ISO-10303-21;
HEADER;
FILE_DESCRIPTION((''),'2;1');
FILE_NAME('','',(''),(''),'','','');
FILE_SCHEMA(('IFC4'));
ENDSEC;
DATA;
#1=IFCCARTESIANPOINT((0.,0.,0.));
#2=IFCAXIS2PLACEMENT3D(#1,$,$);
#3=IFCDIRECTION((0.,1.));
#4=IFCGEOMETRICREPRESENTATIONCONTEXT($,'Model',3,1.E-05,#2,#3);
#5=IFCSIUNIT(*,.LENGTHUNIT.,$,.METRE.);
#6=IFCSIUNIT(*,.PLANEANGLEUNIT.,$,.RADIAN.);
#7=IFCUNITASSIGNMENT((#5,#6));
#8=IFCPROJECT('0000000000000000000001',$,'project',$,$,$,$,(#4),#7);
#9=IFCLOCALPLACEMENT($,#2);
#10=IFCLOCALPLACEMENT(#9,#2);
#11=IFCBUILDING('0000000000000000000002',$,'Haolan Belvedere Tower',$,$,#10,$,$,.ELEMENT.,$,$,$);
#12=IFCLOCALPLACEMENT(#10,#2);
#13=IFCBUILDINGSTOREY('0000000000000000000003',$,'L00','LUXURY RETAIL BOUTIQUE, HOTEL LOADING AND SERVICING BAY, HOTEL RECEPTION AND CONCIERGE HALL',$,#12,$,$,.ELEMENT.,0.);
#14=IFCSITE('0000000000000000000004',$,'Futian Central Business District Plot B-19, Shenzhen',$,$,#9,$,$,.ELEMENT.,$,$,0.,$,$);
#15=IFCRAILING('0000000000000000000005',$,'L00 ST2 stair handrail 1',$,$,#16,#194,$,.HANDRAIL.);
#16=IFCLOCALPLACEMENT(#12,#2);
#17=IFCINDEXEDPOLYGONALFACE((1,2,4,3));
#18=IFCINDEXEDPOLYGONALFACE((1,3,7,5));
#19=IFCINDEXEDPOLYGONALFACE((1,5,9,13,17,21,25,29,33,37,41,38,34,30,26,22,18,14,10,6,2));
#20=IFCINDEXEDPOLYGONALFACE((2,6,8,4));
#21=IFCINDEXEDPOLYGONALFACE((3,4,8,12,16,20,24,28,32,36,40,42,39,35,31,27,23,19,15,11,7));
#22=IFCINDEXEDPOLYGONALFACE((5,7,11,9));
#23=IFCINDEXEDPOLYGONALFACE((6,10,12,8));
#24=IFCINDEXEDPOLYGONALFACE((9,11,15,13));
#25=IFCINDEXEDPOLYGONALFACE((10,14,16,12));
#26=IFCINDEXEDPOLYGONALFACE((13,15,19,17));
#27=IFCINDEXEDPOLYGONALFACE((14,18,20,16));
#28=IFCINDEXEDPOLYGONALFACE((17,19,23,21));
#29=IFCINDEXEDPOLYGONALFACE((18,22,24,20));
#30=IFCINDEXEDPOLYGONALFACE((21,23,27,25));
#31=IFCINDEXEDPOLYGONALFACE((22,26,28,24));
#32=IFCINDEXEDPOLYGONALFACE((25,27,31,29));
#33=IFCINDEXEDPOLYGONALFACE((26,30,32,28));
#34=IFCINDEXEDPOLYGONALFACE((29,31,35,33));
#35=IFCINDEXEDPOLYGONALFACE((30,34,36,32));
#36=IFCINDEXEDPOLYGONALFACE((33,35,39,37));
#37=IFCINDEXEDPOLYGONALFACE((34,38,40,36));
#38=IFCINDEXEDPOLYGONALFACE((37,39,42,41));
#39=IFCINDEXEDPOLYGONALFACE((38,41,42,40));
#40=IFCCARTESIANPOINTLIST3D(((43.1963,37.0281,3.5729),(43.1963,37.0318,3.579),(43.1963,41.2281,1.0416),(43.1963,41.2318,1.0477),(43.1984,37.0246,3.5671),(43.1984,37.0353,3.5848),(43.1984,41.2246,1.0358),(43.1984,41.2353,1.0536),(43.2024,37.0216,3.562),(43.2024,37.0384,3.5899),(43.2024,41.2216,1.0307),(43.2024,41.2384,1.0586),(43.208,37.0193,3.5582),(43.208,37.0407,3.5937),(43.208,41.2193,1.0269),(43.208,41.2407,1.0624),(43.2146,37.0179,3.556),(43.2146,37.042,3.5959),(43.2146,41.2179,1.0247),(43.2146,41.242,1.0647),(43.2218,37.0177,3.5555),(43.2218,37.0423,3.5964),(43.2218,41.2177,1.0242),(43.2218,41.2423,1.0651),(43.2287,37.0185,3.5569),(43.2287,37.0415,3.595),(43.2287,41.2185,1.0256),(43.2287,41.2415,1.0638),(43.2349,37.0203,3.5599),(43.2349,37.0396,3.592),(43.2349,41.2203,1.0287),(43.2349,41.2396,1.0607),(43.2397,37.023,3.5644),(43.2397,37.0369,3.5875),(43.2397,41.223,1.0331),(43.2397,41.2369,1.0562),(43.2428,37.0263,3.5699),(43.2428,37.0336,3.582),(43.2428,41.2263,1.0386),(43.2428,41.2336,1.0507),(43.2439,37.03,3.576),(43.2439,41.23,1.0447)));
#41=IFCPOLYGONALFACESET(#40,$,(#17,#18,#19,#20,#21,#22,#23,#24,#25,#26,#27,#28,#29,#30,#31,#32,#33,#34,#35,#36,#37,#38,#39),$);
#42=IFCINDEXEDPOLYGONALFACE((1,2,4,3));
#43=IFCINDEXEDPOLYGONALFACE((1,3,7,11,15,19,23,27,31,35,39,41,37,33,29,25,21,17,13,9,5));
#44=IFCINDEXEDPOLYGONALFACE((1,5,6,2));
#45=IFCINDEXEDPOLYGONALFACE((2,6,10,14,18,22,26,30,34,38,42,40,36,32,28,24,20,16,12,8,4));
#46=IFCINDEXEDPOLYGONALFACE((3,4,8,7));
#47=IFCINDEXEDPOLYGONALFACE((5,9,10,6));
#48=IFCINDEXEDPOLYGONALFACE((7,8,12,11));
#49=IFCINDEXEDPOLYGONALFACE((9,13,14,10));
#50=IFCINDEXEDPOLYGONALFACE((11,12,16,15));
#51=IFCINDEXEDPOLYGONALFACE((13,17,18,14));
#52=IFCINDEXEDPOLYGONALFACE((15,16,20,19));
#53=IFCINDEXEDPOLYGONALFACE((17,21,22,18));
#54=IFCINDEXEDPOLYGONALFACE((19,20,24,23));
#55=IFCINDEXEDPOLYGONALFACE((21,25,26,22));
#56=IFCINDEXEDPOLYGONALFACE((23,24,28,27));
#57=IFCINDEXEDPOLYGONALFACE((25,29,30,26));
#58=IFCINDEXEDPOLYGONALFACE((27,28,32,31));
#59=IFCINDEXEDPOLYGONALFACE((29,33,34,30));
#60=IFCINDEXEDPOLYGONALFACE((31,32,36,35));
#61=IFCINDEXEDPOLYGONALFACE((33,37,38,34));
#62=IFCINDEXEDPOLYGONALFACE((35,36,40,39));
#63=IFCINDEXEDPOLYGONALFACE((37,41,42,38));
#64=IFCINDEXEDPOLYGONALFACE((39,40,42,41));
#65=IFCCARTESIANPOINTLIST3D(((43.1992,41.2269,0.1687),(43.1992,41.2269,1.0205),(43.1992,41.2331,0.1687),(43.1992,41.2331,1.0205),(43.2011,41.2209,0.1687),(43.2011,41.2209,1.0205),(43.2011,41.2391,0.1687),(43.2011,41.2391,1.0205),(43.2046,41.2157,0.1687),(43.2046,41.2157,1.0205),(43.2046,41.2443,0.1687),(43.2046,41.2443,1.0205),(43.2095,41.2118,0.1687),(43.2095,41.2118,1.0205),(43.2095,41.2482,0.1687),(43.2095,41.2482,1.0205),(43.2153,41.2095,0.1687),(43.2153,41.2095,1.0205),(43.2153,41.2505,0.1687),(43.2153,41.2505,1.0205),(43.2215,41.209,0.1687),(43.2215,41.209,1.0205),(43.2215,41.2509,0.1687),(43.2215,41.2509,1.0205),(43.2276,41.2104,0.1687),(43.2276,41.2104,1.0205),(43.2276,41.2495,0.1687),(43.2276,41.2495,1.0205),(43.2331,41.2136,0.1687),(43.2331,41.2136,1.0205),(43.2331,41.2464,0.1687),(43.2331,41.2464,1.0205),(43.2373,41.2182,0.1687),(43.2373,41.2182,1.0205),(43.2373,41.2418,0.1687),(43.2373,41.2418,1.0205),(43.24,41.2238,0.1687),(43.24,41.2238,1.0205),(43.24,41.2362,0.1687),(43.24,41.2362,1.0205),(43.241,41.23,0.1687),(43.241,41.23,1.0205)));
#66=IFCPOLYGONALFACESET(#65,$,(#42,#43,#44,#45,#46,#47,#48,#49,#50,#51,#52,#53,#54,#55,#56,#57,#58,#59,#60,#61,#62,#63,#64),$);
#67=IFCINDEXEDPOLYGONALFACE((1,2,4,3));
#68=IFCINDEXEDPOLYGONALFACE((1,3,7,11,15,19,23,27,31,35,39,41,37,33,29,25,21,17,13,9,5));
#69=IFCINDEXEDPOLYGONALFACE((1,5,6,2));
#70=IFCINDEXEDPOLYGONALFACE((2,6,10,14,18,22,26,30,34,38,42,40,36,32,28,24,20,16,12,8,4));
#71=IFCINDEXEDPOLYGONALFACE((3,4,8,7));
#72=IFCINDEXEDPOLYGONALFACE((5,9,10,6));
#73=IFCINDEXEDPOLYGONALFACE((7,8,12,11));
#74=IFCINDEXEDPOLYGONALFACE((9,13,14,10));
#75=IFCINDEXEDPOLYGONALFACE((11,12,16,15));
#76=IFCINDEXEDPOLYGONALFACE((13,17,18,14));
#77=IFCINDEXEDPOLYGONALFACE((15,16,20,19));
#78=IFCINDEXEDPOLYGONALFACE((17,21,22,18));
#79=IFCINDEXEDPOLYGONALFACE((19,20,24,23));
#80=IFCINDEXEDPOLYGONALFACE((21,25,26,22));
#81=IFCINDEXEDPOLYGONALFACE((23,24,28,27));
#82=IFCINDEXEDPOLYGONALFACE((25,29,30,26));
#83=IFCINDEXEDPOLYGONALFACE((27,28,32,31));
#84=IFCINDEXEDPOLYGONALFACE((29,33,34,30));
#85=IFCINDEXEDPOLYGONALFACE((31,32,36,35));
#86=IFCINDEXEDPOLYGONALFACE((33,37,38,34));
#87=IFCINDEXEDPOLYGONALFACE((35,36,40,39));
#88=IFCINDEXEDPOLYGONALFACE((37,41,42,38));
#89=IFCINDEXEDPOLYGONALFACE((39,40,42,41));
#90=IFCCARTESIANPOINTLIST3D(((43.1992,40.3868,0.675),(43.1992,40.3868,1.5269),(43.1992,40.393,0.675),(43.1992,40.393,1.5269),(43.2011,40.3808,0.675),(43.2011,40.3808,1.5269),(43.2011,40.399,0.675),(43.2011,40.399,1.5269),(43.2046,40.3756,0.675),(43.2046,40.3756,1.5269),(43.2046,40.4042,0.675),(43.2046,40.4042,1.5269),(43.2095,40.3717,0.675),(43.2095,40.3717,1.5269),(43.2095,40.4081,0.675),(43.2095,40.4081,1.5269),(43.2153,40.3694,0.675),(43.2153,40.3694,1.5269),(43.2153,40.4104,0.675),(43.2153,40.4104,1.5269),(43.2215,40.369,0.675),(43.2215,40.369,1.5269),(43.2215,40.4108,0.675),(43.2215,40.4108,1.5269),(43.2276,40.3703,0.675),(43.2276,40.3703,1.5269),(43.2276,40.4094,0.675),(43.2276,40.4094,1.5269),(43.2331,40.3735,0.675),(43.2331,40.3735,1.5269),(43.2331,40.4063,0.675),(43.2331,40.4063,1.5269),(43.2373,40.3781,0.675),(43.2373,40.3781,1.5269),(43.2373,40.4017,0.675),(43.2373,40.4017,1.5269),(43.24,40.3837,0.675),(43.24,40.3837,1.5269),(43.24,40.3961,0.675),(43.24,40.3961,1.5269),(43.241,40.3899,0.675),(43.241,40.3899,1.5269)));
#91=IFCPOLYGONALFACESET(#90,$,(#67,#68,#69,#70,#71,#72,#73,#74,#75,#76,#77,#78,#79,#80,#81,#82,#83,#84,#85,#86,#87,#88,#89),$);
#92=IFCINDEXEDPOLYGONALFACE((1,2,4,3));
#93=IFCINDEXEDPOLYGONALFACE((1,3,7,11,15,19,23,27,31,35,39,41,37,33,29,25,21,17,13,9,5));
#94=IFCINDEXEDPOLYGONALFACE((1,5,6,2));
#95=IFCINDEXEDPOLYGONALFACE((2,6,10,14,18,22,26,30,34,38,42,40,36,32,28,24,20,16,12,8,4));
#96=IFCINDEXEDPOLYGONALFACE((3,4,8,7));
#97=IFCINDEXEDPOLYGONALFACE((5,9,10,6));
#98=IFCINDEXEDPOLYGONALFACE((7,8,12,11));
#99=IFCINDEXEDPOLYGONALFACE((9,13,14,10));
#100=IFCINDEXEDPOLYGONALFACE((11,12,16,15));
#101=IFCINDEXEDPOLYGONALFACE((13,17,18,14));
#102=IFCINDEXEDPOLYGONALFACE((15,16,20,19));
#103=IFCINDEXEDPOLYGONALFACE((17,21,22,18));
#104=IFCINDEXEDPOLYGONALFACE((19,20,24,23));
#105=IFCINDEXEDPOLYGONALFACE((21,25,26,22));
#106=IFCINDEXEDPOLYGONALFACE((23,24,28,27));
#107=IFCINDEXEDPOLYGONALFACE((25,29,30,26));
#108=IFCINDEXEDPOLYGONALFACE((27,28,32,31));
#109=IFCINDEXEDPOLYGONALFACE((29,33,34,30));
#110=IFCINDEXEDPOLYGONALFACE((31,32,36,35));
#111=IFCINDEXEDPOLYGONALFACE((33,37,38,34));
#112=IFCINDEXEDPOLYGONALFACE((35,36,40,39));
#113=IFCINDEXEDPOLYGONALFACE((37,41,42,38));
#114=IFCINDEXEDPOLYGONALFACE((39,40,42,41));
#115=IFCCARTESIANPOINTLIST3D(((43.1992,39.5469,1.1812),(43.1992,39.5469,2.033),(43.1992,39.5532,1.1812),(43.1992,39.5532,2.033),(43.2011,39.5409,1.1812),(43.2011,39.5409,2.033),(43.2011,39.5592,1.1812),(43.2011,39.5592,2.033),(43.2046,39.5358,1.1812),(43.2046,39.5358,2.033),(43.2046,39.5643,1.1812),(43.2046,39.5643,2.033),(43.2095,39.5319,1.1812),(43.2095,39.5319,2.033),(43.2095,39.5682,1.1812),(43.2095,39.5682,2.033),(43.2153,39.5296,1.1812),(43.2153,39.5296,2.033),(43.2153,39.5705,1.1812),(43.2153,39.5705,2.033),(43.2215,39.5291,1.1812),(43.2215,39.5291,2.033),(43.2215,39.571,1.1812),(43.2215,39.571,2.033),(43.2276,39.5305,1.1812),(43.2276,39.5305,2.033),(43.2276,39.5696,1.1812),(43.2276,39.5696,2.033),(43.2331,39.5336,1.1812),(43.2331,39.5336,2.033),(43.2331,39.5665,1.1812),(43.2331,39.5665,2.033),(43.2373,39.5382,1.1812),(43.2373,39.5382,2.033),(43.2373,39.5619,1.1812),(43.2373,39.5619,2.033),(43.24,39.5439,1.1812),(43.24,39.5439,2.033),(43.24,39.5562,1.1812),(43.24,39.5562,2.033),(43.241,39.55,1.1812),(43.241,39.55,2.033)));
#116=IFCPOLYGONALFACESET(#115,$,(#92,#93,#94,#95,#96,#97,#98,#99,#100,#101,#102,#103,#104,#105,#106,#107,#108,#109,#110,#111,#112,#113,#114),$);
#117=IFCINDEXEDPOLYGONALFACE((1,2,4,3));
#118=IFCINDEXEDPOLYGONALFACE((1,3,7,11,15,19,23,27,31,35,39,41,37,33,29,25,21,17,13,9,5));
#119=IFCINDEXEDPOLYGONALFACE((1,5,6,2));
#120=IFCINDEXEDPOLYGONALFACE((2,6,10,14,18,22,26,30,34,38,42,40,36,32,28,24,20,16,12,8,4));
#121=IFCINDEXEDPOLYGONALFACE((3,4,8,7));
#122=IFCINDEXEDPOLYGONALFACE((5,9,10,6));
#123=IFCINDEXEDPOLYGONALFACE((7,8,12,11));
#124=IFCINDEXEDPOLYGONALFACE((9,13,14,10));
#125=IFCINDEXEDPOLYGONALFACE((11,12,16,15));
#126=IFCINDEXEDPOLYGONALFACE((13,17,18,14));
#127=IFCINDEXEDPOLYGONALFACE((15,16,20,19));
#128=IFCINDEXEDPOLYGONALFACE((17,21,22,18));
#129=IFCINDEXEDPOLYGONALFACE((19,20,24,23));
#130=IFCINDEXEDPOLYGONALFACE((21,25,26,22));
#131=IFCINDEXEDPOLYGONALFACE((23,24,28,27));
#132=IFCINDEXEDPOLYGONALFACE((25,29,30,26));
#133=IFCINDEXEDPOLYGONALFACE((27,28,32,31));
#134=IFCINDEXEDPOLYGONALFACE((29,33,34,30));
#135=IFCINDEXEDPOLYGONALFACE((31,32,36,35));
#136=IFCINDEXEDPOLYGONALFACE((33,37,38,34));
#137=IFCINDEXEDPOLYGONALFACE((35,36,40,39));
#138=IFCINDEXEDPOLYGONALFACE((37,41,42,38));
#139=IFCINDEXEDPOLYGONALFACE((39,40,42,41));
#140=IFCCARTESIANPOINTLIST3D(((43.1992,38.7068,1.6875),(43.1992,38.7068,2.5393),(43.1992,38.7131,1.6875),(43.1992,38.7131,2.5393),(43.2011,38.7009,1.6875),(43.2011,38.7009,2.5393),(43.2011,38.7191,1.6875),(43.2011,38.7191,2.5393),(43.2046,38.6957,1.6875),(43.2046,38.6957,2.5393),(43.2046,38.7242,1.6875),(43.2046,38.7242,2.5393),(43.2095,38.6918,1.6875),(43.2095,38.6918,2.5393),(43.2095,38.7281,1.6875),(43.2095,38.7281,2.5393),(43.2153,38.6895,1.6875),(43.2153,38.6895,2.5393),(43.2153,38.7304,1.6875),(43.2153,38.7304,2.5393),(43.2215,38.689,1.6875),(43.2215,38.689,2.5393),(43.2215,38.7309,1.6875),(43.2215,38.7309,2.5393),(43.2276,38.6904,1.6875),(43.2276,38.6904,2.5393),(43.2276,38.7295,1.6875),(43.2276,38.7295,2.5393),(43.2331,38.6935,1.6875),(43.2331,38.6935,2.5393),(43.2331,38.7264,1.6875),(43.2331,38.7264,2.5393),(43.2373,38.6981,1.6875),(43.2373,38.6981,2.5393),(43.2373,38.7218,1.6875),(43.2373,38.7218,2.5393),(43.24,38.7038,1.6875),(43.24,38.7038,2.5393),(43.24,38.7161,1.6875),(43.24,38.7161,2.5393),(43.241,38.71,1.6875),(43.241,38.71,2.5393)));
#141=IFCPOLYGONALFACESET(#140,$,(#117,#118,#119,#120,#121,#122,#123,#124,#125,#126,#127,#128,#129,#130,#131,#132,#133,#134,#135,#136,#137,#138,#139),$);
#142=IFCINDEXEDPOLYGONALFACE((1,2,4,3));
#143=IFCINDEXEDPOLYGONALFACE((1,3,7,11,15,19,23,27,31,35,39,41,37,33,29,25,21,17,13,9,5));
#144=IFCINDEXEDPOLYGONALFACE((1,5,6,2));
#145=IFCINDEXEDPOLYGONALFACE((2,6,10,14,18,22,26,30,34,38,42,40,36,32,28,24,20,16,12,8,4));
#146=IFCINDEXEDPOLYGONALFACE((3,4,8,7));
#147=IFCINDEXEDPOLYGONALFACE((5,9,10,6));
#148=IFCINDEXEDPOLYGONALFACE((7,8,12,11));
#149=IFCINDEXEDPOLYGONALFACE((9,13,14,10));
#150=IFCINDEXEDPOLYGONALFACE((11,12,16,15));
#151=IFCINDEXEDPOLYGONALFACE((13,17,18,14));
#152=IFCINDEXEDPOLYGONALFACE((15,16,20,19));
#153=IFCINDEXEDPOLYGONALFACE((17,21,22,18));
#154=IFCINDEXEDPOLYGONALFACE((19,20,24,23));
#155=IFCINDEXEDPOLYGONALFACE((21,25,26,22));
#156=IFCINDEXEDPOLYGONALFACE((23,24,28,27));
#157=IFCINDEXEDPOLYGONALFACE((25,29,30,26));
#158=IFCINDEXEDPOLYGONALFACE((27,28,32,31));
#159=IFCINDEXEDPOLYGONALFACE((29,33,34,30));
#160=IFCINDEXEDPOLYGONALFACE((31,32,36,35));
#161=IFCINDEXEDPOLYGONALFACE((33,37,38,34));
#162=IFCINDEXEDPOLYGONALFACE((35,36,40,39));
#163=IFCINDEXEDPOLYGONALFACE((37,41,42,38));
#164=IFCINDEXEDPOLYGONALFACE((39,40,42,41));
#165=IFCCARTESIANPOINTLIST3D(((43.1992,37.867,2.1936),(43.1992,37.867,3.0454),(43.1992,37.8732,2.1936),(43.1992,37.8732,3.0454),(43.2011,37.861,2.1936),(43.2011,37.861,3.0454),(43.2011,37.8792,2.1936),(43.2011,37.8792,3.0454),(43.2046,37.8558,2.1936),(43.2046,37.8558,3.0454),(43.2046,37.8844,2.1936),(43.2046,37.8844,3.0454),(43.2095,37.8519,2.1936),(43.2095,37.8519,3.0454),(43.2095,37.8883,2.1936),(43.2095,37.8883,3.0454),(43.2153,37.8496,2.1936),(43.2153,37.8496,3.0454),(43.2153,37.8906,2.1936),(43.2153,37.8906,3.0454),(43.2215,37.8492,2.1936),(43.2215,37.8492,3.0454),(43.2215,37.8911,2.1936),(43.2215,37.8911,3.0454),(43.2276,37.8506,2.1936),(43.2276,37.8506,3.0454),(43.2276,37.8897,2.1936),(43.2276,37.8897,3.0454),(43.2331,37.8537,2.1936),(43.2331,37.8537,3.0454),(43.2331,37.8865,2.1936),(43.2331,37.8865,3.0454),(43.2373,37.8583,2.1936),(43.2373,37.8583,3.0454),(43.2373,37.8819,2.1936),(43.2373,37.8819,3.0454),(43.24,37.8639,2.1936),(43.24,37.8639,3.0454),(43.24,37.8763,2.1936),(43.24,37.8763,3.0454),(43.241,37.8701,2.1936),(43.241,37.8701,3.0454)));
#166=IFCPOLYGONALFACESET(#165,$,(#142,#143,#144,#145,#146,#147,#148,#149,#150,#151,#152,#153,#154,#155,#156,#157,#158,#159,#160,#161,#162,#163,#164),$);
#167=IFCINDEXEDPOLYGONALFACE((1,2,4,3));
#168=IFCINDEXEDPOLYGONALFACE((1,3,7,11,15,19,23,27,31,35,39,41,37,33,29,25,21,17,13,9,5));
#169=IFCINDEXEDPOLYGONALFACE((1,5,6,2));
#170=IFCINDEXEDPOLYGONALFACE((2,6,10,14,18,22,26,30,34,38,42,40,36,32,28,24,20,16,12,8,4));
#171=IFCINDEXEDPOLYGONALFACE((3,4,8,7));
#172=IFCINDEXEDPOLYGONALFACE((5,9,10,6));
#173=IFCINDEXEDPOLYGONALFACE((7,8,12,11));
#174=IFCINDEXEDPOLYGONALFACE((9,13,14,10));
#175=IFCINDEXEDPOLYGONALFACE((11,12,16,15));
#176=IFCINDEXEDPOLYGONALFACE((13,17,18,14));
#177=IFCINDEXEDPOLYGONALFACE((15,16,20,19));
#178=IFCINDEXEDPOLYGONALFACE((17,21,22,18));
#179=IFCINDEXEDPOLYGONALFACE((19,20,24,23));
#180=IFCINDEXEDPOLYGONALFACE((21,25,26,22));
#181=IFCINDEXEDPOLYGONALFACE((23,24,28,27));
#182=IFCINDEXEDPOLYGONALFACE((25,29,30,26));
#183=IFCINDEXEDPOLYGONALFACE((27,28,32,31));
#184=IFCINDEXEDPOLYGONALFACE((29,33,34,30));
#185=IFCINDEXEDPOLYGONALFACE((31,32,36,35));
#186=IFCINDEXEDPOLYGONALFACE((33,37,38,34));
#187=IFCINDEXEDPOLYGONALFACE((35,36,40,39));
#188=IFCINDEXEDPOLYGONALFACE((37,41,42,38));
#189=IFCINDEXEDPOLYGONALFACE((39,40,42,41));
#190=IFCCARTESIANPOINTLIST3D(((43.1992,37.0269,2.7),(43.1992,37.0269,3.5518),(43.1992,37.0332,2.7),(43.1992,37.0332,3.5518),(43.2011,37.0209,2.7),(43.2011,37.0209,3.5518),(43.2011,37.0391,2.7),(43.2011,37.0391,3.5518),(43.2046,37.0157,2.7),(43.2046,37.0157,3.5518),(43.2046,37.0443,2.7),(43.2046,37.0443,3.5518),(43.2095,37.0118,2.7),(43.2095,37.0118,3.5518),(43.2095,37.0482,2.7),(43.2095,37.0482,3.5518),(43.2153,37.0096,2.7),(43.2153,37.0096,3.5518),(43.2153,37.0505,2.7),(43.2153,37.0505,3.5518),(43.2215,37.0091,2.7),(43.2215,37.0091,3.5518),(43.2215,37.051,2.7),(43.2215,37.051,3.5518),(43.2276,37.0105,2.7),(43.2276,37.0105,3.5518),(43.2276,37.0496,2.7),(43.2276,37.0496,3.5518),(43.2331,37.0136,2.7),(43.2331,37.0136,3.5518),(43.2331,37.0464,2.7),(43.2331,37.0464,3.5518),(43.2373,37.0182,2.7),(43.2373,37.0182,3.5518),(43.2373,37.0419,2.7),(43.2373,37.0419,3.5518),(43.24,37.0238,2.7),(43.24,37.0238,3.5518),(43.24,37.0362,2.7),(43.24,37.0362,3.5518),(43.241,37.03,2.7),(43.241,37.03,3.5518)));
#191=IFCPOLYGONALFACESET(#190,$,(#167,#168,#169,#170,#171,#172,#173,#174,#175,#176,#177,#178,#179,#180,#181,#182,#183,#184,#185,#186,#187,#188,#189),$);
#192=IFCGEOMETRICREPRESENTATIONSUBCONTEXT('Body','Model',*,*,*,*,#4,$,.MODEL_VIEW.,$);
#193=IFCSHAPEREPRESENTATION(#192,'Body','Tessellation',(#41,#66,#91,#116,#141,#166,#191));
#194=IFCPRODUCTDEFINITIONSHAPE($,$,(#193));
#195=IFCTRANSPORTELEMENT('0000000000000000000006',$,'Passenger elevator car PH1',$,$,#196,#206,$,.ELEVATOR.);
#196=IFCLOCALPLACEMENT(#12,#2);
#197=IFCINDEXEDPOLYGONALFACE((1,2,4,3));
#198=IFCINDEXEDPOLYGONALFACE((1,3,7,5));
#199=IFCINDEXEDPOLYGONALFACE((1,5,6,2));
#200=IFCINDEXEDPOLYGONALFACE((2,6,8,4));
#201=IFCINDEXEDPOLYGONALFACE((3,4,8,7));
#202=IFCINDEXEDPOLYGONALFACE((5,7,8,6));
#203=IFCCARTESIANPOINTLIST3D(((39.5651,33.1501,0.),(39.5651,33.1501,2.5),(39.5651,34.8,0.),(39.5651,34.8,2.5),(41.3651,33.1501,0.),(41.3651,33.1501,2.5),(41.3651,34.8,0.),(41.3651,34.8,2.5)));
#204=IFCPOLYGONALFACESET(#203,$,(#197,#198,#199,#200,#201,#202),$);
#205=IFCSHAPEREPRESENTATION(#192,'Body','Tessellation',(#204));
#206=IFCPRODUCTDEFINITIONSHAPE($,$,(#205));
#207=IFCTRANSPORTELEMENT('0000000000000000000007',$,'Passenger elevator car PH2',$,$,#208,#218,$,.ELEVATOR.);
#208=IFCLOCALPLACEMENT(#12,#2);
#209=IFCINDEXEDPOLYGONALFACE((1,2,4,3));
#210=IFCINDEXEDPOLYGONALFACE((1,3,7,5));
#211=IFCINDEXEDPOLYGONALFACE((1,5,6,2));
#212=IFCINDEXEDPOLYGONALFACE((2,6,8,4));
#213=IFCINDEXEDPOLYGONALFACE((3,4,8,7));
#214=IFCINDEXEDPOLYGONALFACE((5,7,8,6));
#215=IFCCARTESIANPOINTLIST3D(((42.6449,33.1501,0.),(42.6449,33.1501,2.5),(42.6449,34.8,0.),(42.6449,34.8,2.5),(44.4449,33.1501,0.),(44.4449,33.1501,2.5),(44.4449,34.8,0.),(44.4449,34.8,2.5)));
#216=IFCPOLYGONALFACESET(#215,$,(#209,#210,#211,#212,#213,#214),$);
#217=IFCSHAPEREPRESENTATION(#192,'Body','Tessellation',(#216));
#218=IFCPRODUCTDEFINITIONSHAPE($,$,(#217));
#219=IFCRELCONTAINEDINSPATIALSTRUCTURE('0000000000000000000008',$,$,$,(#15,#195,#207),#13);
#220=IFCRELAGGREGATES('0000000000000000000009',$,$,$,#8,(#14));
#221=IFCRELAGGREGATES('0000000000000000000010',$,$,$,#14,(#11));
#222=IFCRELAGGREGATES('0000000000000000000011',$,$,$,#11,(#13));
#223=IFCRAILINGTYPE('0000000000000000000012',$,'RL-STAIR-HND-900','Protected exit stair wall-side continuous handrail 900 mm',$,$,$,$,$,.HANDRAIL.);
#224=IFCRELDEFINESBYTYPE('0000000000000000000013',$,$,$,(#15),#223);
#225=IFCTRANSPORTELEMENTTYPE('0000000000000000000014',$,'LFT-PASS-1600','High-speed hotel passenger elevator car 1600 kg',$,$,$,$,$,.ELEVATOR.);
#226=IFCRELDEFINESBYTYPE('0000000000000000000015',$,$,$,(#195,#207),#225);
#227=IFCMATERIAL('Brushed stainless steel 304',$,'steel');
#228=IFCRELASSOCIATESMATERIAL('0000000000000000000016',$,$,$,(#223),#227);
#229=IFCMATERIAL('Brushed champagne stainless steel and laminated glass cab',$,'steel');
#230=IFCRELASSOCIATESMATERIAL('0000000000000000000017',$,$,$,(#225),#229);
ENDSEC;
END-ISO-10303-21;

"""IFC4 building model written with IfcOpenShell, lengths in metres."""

from ifc_helpers import new_model, si_unit, direction, frame, origin, origin_2d, place, context, subcontext, project, spatial, rectangle, circle, extrude, material, type_object, element, save


model = new_model("IFC4")

# Units and contexts
model_context = context("Model", 3, precision=1e-05, world=origin(), true_north=direction((0.0, 1.0)))
body_context = subcontext(model_context, "Body", "Model", "MODEL_VIEW")
ifc_project = project(units=[si_unit("LENGTHUNIT", "METRE"), si_unit("PLANEANGLEUNIT", "RADIAN")], contexts=[model_context])

# Site, building, storey
site_placement = place(None, origin())
site = spatial("IfcSite", under=ifc_project, at=site_placement, Name="Futian Central Business District Plot B-19, Shenzhen", CompositionType="ELEMENT", RefElevation=0.0)
building_placement = place(site_placement, origin())
building = spatial("IfcBuilding", under=site, at=building_placement, Name="Haolan Belvedere Tower", CompositionType="ELEMENT")
storey_placement = place(building_placement, origin())
storey = spatial("IfcBuildingStorey", under=building, at=storey_placement, Name="L00", Description="LUXURY RETAIL BOUTIQUE, HOTEL LOADING AND SERVICING BAY, HOTEL RECEPTION AND CONCIERGE HALL", CompositionType="ELEMENT", Elevation=0.0)

# Railing
ifc_material_1 = material(Name="Brushed stainless steel 304", Category="steel")
railing_type_1 = type_object("IfcRailingType", Name="RL-STAIR-HND-900", Description="Protected exit stair wall-side continuous handrail 900 mm", PredefinedType="HANDRAIL", material=ifc_material_1)
railing_1_placement = place(storey_placement, frame((43.22, 41.23, 0.1687)))
element("IfcRailing", 1, at=railing_1_placement, inside=storey, type_object=railing_type_1, Name="L00 ST2 stair handrail 1", PredefinedType="HANDRAIL", context=body_context, shape_type="SweptSolid", body=[
    extrude(circle(Radius=0.0239, at=origin_2d()), frame((0.0, 0.0, 0.876), z_axis=(0.0, -0.856476, 0.516186), x_axis=(1.0, 0.0, 0.0)), (0.0, 0.0, 1.0), 4.9038),
    extrude(circle(Radius=0.021, at=origin_2d()), origin(), (0.0, 0.0, 1.0), 0.8518),
    extrude(circle(Radius=0.021, at=origin_2d()), frame((0.0, -0.8401, 0.5063)), (0.0, 0.0, 1.0), 0.8518),
    extrude(circle(Radius=0.021, at=origin_2d()), frame((0.0, -1.6799, 1.0125)), (0.0, 0.0, 1.0), 0.8518),
    extrude(circle(Radius=0.021, at=origin_2d()), frame((0.0, -2.52, 1.5188)), (0.0, 0.0, 1.0), 0.8518),
    extrude(circle(Radius=0.021, at=origin_2d()), frame((0.0, -3.3599, 2.0249)), (0.0, 0.0, 1.0), 0.8518),
    extrude(circle(Radius=0.021, at=origin_2d()), frame((0.0, -4.2, 2.5312)), (0.0, 0.0, 1.0), 0.8518),
])

# Transport elements
ifc_material_2 = material(Name="Brushed champagne stainless steel and laminated glass cab", Category="steel")
transport_element_type = type_object("IfcTransportElementType", Name="LFT-PASS-1600", Description="High-speed hotel passenger elevator car 1600 kg", PredefinedType="ELEVATOR", material=ifc_material_2)
for number, where, z_axis, x_axis, name in (
    (2, (40.4651, 33.9751, 0.0), (0.0, 0.0, 1.0), (1.0, 0.0, 0.0), "Passenger elevator car PH1"),
    (3, (43.5449, 33.9751, 0.0), (0.0, 0.0, 1.0), (1.0, 0.0, 0.0), "Passenger elevator car PH2"),
):
    element("IfcTransportElement", number, at=place(storey_placement, frame(where, z_axis=z_axis, x_axis=x_axis)), inside=storey, type_object=transport_element_type, Name=name, PredefinedType="ELEVATOR", context=body_context, shape_type="SweptSolid", body=[
        extrude(rectangle(XDim=1.8, YDim=1.6499, at=origin_2d()), origin(), (0.0, 0.0, 1.0), 2.5),
    ])

save(model, "model.ifc")
